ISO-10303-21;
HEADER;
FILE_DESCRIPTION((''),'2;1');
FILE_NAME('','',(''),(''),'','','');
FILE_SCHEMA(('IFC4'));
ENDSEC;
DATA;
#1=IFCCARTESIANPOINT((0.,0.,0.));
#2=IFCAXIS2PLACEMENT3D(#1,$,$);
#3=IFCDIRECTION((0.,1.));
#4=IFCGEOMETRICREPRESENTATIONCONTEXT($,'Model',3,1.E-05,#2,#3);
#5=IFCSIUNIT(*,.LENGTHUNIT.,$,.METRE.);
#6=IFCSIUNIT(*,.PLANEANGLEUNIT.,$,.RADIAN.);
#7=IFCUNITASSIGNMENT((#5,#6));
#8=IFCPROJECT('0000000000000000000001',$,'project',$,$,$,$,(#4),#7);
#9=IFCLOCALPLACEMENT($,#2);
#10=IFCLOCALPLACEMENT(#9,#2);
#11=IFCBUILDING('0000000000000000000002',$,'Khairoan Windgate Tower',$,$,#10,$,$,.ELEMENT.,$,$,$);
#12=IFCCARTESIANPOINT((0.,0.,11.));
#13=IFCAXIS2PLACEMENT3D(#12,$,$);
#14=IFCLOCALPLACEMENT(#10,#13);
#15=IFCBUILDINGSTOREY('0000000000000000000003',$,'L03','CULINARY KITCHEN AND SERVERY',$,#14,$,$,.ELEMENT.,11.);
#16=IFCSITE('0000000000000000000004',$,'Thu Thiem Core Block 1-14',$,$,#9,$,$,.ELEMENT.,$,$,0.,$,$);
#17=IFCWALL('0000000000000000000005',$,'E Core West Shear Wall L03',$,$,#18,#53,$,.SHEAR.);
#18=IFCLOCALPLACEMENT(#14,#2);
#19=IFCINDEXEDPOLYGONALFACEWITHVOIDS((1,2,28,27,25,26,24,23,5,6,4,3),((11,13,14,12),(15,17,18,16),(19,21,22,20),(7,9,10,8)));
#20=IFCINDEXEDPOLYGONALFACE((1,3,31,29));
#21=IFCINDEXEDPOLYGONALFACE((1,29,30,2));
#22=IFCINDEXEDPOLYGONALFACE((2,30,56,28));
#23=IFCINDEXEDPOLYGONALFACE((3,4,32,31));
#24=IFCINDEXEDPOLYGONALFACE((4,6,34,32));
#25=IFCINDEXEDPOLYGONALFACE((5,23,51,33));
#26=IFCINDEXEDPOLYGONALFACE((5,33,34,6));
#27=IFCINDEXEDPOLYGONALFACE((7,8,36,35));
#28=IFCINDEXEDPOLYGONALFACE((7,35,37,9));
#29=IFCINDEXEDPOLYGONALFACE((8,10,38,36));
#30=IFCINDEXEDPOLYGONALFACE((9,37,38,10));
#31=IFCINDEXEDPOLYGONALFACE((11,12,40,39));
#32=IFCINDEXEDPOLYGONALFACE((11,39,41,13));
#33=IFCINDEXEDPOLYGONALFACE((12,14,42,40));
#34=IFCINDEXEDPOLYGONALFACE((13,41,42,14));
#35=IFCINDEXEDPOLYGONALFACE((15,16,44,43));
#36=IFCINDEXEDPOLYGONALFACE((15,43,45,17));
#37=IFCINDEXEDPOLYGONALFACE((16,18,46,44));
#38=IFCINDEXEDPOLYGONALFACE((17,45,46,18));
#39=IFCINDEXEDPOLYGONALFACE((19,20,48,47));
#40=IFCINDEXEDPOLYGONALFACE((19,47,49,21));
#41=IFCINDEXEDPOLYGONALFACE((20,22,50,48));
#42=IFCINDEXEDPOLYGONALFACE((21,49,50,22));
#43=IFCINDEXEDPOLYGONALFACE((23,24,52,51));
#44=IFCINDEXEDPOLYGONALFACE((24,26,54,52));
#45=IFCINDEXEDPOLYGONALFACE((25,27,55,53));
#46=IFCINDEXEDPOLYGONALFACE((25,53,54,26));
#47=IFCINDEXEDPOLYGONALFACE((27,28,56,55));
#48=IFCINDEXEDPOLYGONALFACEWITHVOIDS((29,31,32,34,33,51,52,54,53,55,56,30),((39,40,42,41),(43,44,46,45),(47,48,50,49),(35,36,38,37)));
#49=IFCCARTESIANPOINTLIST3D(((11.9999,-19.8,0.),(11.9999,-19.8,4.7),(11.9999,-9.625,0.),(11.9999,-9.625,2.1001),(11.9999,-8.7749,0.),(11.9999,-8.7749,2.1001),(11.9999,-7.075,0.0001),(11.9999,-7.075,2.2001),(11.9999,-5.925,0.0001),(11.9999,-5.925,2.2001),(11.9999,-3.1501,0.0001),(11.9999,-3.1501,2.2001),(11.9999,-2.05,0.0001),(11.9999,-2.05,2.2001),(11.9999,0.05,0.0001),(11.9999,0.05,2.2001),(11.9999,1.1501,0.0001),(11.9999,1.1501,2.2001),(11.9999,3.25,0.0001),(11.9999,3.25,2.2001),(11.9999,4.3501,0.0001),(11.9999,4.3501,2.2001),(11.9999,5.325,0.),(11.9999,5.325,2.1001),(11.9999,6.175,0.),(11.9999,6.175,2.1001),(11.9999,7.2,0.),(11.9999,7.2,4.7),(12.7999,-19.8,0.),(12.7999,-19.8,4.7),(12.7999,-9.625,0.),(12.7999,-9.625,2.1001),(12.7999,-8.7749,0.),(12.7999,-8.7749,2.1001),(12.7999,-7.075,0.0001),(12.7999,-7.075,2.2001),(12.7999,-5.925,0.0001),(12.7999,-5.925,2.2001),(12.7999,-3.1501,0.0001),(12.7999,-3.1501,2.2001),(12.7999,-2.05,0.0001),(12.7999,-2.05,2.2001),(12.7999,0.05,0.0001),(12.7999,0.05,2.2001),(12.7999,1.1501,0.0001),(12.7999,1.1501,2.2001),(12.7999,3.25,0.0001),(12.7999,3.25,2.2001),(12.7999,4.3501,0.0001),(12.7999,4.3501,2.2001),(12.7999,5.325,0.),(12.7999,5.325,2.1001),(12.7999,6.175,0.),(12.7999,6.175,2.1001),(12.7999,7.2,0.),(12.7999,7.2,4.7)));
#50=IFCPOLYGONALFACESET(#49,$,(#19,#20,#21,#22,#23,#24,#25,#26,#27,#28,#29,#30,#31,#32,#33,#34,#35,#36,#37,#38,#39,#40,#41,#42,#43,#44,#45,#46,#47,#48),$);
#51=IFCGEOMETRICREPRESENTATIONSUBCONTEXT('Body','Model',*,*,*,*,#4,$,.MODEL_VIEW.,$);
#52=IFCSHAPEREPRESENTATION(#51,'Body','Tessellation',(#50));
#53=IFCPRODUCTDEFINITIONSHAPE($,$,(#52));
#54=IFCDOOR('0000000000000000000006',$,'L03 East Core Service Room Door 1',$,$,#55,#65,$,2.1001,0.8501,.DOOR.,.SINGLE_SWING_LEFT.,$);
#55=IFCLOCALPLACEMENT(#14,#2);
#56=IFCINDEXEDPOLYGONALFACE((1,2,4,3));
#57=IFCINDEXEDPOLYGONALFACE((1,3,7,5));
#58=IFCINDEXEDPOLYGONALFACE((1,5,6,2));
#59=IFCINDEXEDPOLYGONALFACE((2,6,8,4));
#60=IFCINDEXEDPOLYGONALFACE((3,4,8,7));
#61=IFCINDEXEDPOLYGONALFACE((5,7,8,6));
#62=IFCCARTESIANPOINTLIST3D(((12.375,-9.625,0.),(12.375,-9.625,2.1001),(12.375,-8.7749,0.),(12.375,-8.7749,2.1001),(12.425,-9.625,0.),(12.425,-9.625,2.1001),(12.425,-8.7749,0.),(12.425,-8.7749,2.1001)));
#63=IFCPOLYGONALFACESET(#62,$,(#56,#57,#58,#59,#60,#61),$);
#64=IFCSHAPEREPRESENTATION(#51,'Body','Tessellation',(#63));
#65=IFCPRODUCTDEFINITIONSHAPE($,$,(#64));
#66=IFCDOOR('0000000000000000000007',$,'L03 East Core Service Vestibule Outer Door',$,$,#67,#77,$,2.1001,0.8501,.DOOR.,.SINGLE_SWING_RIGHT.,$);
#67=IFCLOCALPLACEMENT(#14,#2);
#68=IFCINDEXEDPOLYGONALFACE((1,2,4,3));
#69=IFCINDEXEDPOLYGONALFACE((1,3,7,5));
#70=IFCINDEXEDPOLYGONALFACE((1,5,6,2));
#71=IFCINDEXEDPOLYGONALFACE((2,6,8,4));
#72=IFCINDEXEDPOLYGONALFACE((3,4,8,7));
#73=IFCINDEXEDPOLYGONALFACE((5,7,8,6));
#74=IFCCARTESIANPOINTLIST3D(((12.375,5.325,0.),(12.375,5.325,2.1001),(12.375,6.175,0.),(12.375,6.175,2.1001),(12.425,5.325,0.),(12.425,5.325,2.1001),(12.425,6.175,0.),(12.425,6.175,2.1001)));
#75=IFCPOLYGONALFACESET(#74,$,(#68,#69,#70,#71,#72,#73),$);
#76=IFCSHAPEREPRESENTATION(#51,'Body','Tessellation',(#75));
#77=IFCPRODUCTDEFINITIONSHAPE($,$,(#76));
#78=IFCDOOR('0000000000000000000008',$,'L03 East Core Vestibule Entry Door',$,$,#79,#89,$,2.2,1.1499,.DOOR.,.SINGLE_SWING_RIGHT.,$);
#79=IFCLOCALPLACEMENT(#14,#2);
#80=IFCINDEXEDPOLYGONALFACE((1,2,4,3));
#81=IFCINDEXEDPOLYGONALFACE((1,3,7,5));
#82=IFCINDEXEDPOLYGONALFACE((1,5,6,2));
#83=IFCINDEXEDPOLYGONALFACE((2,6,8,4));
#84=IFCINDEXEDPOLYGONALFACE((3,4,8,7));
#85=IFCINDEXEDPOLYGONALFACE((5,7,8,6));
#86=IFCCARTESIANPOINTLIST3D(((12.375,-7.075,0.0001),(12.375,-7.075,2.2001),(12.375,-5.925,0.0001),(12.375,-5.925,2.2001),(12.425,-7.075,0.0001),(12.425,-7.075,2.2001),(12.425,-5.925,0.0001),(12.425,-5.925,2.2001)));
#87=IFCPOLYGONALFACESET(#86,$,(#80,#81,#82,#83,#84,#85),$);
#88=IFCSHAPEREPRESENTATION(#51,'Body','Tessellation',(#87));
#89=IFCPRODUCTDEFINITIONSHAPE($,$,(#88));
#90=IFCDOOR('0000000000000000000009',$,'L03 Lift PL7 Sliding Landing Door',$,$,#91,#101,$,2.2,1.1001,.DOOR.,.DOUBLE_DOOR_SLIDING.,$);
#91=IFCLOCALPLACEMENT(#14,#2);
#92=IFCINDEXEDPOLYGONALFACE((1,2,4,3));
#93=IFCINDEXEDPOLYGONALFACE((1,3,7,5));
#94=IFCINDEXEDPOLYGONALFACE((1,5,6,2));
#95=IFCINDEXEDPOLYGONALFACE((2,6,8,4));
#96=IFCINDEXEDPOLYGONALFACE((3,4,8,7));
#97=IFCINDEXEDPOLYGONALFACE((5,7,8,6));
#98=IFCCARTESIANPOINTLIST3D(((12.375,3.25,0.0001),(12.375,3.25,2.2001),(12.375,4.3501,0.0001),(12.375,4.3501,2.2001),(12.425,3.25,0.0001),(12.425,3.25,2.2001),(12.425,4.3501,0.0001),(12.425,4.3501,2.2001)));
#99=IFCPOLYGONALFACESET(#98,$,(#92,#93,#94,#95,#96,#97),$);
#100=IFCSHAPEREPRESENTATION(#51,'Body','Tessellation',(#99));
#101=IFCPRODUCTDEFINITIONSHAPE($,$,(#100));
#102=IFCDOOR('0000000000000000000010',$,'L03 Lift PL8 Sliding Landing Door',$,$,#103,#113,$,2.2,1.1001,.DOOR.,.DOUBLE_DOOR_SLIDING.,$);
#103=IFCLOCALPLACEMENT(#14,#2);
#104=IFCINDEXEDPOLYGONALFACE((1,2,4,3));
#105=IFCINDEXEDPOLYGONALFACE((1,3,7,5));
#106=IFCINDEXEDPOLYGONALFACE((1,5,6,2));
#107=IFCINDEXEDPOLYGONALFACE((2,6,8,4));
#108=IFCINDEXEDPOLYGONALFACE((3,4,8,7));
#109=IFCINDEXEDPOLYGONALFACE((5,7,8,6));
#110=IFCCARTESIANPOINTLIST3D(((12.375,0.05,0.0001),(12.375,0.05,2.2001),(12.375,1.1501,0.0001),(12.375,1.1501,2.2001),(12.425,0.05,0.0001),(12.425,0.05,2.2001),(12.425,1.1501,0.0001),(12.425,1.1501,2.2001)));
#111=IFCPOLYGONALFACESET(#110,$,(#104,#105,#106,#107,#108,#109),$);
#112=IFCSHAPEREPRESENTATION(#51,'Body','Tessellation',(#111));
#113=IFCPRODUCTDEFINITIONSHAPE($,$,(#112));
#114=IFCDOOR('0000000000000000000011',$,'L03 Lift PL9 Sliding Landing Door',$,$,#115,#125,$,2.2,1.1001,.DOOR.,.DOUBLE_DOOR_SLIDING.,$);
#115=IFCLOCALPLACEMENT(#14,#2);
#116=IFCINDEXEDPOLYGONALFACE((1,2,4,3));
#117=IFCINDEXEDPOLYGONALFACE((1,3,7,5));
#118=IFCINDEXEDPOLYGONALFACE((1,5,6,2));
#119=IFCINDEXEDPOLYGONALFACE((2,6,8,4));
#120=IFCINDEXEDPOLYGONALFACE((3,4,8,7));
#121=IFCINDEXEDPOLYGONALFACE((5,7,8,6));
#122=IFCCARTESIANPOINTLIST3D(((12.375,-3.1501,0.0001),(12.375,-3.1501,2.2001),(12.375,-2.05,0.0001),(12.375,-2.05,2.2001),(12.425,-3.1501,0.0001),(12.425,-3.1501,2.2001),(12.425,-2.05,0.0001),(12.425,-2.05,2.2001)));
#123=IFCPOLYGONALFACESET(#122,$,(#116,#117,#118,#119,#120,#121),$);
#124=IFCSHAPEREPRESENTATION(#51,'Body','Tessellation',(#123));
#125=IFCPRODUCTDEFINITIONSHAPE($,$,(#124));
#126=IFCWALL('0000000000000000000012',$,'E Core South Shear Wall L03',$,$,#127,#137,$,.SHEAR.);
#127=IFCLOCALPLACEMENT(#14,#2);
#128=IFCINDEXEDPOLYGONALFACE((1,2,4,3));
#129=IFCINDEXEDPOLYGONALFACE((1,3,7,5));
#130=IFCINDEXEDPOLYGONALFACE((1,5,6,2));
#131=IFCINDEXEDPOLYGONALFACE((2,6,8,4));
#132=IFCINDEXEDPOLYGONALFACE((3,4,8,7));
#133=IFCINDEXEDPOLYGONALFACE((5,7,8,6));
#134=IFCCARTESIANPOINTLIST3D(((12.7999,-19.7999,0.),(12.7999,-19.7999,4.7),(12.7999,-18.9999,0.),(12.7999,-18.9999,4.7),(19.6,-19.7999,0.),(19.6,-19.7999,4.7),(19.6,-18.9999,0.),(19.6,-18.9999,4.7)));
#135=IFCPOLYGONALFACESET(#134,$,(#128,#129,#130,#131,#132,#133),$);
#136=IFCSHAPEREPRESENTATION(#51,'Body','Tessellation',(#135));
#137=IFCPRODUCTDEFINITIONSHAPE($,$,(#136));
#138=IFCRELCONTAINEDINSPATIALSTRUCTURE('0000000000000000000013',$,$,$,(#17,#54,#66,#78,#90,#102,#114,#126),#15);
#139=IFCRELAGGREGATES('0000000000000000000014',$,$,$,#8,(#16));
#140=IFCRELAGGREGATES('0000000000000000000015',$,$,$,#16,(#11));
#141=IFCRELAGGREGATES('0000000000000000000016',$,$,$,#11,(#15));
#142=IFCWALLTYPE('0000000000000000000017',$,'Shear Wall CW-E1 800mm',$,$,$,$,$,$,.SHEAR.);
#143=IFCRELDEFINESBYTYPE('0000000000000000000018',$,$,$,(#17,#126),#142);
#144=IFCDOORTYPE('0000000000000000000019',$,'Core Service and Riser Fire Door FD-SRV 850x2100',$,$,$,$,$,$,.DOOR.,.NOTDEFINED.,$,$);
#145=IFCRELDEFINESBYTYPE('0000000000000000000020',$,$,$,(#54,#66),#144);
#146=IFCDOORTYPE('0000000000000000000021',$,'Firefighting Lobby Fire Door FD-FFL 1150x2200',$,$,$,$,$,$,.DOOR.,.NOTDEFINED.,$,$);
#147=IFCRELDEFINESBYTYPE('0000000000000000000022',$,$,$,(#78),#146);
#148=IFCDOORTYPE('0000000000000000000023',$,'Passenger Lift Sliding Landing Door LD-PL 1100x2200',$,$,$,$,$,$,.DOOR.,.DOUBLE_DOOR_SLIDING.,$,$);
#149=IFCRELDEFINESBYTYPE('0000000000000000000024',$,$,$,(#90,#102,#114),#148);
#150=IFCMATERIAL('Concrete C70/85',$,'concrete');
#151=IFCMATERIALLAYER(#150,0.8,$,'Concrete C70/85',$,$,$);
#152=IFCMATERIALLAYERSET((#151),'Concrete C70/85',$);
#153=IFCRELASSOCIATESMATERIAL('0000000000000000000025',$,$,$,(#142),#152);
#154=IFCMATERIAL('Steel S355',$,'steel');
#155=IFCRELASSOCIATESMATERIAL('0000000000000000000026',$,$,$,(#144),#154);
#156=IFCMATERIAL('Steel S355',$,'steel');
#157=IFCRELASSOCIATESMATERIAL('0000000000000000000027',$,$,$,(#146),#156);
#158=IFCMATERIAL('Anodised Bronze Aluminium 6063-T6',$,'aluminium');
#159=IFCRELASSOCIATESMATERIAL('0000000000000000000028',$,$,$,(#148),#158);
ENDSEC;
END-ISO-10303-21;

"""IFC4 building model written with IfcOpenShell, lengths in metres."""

from ifc_helpers import new_model, si_unit, direction, frame, frame_2d, origin, place, context, subcontext, project, spatial, rectangle, extrude, material, layer, layer_set, type_object, element, fill, save


model = new_model("IFC4")

# Units and contexts
model_context = context("Model", 3, precision=1e-05, world=origin(), true_north=direction((0.0, 1.0)))
body_context = subcontext(model_context, "Body", "Model", "MODEL_VIEW")
ifc_project = project(units=[si_unit("LENGTHUNIT", "METRE"), si_unit("PLANEANGLEUNIT", "RADIAN")], contexts=[model_context])

# Site, building, storey
site_placement = place(None, origin())
site = spatial("IfcSite", under=ifc_project, at=site_placement, Name="Thu Thiem Core Block 1-14", CompositionType="ELEMENT", RefElevation=0.0)
building_placement = place(site_placement, origin())
building = spatial("IfcBuilding", under=site, at=building_placement, Name="Khairoan Windgate Tower", CompositionType="ELEMENT")
storey_placement = place(building_placement, frame((0.0, 0.0, 11.0)))
storey = spatial("IfcBuildingStorey", under=building, at=storey_placement, Name="L03", Description="CULINARY KITCHEN AND SERVERY", CompositionType="ELEMENT", Elevation=11.0)

# Wall, openings, doors
ifc_material_1 = material(Name="Concrete C70/85", Category="concrete")
ifc_layer_1 = layer(ifc_material_1, 0.8, Name="Concrete C70/85")
ifc_layer_set_1 = layer_set([ifc_layer_1], Name="Concrete C70/85")
wall_type_1 = type_object("IfcWallType", Name="Shear Wall CW-E1 800mm", PredefinedType="SHEAR", material=ifc_layer_set_1)
wall_1_placement = place(storey_placement, frame((12.3999, -19.8, 0.0), z_axis=(0.0, 0.0, 1.0), x_axis=(0.0, 1.0, 0.0)))
wall_1 = element("IfcWall", 1, at=wall_1_placement, inside=storey, type_object=wall_type_1, Name="E Core West Shear Wall L03", PredefinedType="SHEAR", context=body_context, shape_type="SweptSolid", body=[
    extrude(rectangle(XDim=27.0, YDim=0.8, at=frame_2d((13.5, 0.0))), origin(), (0.0, 0.0, 1.0), 4.7),
])
opening_1_placement = place(wall_1_placement, frame((23.05, 0.0, 0.0)))
opening_1 = element("IfcOpeningElement", 2, at=opening_1_placement, cuts=wall_1, PredefinedType="OPENING", context=body_context, shape_type="SweptSolid", body=[
    extrude(rectangle(XDim=1.1001, YDim=2.2, at=frame_2d((0.55, 1.1001))), frame((0.0, 0.4099, 0.0), z_axis=(0.0, -1.0, 0.0), x_axis=(1.0, 0.0, 0.0)), (0.0, 0.0, 1.0), 0.8201),
])
opening_2_placement = place(wall_1_placement, frame((19.8501, 0.0, 0.0)))
opening_2 = element("IfcOpeningElement", 3, at=opening_2_placement, cuts=wall_1, PredefinedType="OPENING", context=body_context, shape_type="SweptSolid", body=[
    extrude(rectangle(XDim=1.1001, YDim=2.2, at=frame_2d((0.55, 1.1001))), frame((0.0, 0.4099, 0.0), z_axis=(0.0, -1.0, 0.0), x_axis=(1.0, 0.0, 0.0)), (0.0, 0.0, 1.0), 0.8201),
])
opening_3_placement = place(wall_1_placement, frame((16.6499, 0.0, 0.0)))
opening_3 = element("IfcOpeningElement", 4, at=opening_3_placement, cuts=wall_1, PredefinedType="OPENING", context=body_context, shape_type="SweptSolid", body=[
    extrude(rectangle(XDim=1.1001, YDim=2.2, at=frame_2d((0.55, 1.1001))), frame((0.0, 0.4099, 0.0), z_axis=(0.0, -1.0, 0.0), x_axis=(1.0, 0.0, 0.0)), (0.0, 0.0, 1.0), 0.8201),
])
opening_4_placement = place(wall_1_placement, frame((10.175, 0.0, 0.0)))
opening_4 = element("IfcOpeningElement", 5, at=opening_4_placement, cuts=wall_1, PredefinedType="OPENING", context=body_context, shape_type="SweptSolid", body=[
    extrude(rectangle(XDim=0.8501, YDim=2.1001, at=frame_2d((0.425, 1.05))), frame((0.0, 0.4099, 0.0), z_axis=(0.0, -1.0, 0.0), x_axis=(1.0, 0.0, 0.0)), (0.0, 0.0, 1.0), 0.8201),
])
opening_5_placement = place(wall_1_placement, frame((12.7251, 0.0, 0.0)))
opening_5 = element("IfcOpeningElement", 6, at=opening_5_placement, cuts=wall_1, PredefinedType="OPENING", context=body_context, shape_type="SweptSolid", body=[
    extrude(rectangle(XDim=1.1499, YDim=2.2, at=frame_2d((0.575, 1.1001))), frame((0.0, 0.4099, 0.0), z_axis=(0.0, -1.0, 0.0), x_axis=(1.0, 0.0, 0.0)), (0.0, 0.0, 1.0), 0.8201),
])
opening_6_placement = place(wall_1_placement, frame((25.125, 0.0, 0.0)))
opening_6 = element("IfcOpeningElement", 7, at=opening_6_placement, cuts=wall_1, PredefinedType="OPENING", context=body_context, shape_type="SweptSolid", body=[
    extrude(rectangle(XDim=0.8501, YDim=2.1001, at=frame_2d((0.425, 1.05))), frame((0.0, 0.4099, 0.0), z_axis=(0.0, -1.0, 0.0), x_axis=(1.0, 0.0, 0.0)), (0.0, 0.0, 1.0), 0.8201),
])
ifc_material_2 = material(Name="Steel S355", Category="steel")
door_type_1 = type_object("IfcDoorType", Name="Core Service and Riser Fire Door FD-SRV 850x2100", OperationType="NOTDEFINED", PredefinedType="DOOR", material=ifc_material_2)
door_1_placement = place(opening_4_placement, origin())
door_1 = element("IfcDoor", 8, at=door_1_placement, inside=storey, type_object=door_type_1, Name="L03 East Core Service Room Door 1", OperationType="SINGLE_SWING_LEFT", OverallHeight=2.1001, OverallWidth=0.8501, PredefinedType="DOOR", context=body_context, shape_type="SweptSolid", body=[
    extrude(rectangle(XDim=0.8501, YDim=2.1001, at=frame_2d((0.425, 1.05))), frame((0.0, 0.0249, 0.0), z_axis=(0.0, -1.0, 0.0), x_axis=(1.0, 0.0, 0.0)), (0.0, 0.0, 1.0), 0.05),
])
fill(opening_4, door_1)
door_2_placement = place(opening_6_placement, origin())
door_2 = element("IfcDoor", 9, at=door_2_placement, inside=storey, type_object=door_type_1, Name="L03 East Core Service Vestibule Outer Door", OperationType="SINGLE_SWING_RIGHT", OverallHeight=2.1001, OverallWidth=0.8501, PredefinedType="DOOR", context=body_context, shape_type="SweptSolid", body=[
    extrude(rectangle(XDim=0.8501, YDim=2.1001, at=frame_2d((0.425, 1.05))), frame((0.0, 0.0249, 0.0), z_axis=(0.0, -1.0, 0.0), x_axis=(1.0, 0.0, 0.0)), (0.0, 0.0, 1.0), 0.05),
])
fill(opening_6, door_2)
ifc_material_3 = material(Name="Steel S355", Category="steel")
door_type_2 = type_object("IfcDoorType", Name="Firefighting Lobby Fire Door FD-FFL 1150x2200", OperationType="NOTDEFINED", PredefinedType="DOOR", material=ifc_material_3)
door_3_placement = place(opening_5_placement, origin())
door_3 = element("IfcDoor", 10, at=door_3_placement, inside=storey, type_object=door_type_2, Name="L03 East Core Vestibule Entry Door", OperationType="SINGLE_SWING_RIGHT", OverallHeight=2.2, OverallWidth=1.1499, PredefinedType="DOOR", context=body_context, shape_type="SweptSolid", body=[
    extrude(rectangle(XDim=1.1499, YDim=2.2, at=frame_2d((0.575, 1.1001))), frame((0.0, 0.0249, 0.0), z_axis=(0.0, -1.0, 0.0), x_axis=(1.0, 0.0, 0.0)), (0.0, 0.0, 1.0), 0.05),
])
fill(opening_5, door_3)
ifc_material_4 = material(Name="Anodised Bronze Aluminium 6063-T6", Category="aluminium")
door_type_3 = type_object("IfcDoorType", Name="Passenger Lift Sliding Landing Door LD-PL 1100x2200", OperationType="DOUBLE_DOOR_SLIDING", PredefinedType="DOOR", material=ifc_material_4)
door_4_placement = place(opening_1_placement, origin())
door_4 = element("IfcDoor", 11, at=door_4_placement, inside=storey, type_object=door_type_3, Name="L03 Lift PL7 Sliding Landing Door", OperationType="DOUBLE_DOOR_SLIDING", OverallHeight=2.2, OverallWidth=1.1001, PredefinedType="DOOR", context=body_context, shape_type="SweptSolid", body=[
    extrude(rectangle(XDim=1.1001, YDim=2.2, at=frame_2d((0.55, 1.1001))), frame((0.0, 0.0249, 0.0), z_axis=(0.0, -1.0, 0.0), x_axis=(1.0, 0.0, 0.0)), (0.0, 0.0, 1.0), 0.05),
])
fill(opening_1, door_4)
door_5_placement = place(opening_2_placement, origin())
door_5 = element("IfcDoor", 12, at=door_5_placement, inside=storey, type_object=door_type_3, Name="L03 Lift PL8 Sliding Landing Door", OperationType="DOUBLE_DOOR_SLIDING", OverallHeight=2.2, OverallWidth=1.1001, PredefinedType="DOOR", context=body_context, shape_type="SweptSolid", body=[
    extrude(rectangle(XDim=1.1001, YDim=2.2, at=frame_2d((0.55, 1.1001))), frame((0.0, 0.0249, 0.0), z_axis=(0.0, -1.0, 0.0), x_axis=(1.0, 0.0, 0.0)), (0.0, 0.0, 1.0), 0.05),
])
fill(opening_2, door_5)
door_6_placement = place(opening_3_placement, origin())
door_6 = element("IfcDoor", 13, at=door_6_placement, inside=storey, type_object=door_type_3, Name="L03 Lift PL9 Sliding Landing Door", OperationType="DOUBLE_DOOR_SLIDING", OverallHeight=2.2, OverallWidth=1.1001, PredefinedType="DOOR", context=body_context, shape_type="SweptSolid", body=[
    extrude(rectangle(XDim=1.1001, YDim=2.2, at=frame_2d((0.55, 1.1001))), frame((0.0, 0.0249, 0.0), z_axis=(0.0, -1.0, 0.0), x_axis=(1.0, 0.0, 0.0)), (0.0, 0.0, 1.0), 0.05),
])
fill(opening_3, door_6)

# Wall
wall_2_placement = place(storey_placement, frame((12.8, -19.3999, 0.0), z_axis=(0.0, 0.0, 1.0), x_axis=(1.0, 0.0, 0.0)))
element("IfcWall", 14, at=wall_2_placement, inside=storey, type_object=wall_type_1, Name="E Core South Shear Wall L03", PredefinedType="SHEAR", context=body_context, shape_type="SweptSolid", body=[
    extrude(rectangle(XDim=6.8, YDim=0.8, at=frame_2d((3.3999, 0.0))), origin(), (0.0, 0.0, 1.0), 4.7),
])

save(model, "model.ifc")
